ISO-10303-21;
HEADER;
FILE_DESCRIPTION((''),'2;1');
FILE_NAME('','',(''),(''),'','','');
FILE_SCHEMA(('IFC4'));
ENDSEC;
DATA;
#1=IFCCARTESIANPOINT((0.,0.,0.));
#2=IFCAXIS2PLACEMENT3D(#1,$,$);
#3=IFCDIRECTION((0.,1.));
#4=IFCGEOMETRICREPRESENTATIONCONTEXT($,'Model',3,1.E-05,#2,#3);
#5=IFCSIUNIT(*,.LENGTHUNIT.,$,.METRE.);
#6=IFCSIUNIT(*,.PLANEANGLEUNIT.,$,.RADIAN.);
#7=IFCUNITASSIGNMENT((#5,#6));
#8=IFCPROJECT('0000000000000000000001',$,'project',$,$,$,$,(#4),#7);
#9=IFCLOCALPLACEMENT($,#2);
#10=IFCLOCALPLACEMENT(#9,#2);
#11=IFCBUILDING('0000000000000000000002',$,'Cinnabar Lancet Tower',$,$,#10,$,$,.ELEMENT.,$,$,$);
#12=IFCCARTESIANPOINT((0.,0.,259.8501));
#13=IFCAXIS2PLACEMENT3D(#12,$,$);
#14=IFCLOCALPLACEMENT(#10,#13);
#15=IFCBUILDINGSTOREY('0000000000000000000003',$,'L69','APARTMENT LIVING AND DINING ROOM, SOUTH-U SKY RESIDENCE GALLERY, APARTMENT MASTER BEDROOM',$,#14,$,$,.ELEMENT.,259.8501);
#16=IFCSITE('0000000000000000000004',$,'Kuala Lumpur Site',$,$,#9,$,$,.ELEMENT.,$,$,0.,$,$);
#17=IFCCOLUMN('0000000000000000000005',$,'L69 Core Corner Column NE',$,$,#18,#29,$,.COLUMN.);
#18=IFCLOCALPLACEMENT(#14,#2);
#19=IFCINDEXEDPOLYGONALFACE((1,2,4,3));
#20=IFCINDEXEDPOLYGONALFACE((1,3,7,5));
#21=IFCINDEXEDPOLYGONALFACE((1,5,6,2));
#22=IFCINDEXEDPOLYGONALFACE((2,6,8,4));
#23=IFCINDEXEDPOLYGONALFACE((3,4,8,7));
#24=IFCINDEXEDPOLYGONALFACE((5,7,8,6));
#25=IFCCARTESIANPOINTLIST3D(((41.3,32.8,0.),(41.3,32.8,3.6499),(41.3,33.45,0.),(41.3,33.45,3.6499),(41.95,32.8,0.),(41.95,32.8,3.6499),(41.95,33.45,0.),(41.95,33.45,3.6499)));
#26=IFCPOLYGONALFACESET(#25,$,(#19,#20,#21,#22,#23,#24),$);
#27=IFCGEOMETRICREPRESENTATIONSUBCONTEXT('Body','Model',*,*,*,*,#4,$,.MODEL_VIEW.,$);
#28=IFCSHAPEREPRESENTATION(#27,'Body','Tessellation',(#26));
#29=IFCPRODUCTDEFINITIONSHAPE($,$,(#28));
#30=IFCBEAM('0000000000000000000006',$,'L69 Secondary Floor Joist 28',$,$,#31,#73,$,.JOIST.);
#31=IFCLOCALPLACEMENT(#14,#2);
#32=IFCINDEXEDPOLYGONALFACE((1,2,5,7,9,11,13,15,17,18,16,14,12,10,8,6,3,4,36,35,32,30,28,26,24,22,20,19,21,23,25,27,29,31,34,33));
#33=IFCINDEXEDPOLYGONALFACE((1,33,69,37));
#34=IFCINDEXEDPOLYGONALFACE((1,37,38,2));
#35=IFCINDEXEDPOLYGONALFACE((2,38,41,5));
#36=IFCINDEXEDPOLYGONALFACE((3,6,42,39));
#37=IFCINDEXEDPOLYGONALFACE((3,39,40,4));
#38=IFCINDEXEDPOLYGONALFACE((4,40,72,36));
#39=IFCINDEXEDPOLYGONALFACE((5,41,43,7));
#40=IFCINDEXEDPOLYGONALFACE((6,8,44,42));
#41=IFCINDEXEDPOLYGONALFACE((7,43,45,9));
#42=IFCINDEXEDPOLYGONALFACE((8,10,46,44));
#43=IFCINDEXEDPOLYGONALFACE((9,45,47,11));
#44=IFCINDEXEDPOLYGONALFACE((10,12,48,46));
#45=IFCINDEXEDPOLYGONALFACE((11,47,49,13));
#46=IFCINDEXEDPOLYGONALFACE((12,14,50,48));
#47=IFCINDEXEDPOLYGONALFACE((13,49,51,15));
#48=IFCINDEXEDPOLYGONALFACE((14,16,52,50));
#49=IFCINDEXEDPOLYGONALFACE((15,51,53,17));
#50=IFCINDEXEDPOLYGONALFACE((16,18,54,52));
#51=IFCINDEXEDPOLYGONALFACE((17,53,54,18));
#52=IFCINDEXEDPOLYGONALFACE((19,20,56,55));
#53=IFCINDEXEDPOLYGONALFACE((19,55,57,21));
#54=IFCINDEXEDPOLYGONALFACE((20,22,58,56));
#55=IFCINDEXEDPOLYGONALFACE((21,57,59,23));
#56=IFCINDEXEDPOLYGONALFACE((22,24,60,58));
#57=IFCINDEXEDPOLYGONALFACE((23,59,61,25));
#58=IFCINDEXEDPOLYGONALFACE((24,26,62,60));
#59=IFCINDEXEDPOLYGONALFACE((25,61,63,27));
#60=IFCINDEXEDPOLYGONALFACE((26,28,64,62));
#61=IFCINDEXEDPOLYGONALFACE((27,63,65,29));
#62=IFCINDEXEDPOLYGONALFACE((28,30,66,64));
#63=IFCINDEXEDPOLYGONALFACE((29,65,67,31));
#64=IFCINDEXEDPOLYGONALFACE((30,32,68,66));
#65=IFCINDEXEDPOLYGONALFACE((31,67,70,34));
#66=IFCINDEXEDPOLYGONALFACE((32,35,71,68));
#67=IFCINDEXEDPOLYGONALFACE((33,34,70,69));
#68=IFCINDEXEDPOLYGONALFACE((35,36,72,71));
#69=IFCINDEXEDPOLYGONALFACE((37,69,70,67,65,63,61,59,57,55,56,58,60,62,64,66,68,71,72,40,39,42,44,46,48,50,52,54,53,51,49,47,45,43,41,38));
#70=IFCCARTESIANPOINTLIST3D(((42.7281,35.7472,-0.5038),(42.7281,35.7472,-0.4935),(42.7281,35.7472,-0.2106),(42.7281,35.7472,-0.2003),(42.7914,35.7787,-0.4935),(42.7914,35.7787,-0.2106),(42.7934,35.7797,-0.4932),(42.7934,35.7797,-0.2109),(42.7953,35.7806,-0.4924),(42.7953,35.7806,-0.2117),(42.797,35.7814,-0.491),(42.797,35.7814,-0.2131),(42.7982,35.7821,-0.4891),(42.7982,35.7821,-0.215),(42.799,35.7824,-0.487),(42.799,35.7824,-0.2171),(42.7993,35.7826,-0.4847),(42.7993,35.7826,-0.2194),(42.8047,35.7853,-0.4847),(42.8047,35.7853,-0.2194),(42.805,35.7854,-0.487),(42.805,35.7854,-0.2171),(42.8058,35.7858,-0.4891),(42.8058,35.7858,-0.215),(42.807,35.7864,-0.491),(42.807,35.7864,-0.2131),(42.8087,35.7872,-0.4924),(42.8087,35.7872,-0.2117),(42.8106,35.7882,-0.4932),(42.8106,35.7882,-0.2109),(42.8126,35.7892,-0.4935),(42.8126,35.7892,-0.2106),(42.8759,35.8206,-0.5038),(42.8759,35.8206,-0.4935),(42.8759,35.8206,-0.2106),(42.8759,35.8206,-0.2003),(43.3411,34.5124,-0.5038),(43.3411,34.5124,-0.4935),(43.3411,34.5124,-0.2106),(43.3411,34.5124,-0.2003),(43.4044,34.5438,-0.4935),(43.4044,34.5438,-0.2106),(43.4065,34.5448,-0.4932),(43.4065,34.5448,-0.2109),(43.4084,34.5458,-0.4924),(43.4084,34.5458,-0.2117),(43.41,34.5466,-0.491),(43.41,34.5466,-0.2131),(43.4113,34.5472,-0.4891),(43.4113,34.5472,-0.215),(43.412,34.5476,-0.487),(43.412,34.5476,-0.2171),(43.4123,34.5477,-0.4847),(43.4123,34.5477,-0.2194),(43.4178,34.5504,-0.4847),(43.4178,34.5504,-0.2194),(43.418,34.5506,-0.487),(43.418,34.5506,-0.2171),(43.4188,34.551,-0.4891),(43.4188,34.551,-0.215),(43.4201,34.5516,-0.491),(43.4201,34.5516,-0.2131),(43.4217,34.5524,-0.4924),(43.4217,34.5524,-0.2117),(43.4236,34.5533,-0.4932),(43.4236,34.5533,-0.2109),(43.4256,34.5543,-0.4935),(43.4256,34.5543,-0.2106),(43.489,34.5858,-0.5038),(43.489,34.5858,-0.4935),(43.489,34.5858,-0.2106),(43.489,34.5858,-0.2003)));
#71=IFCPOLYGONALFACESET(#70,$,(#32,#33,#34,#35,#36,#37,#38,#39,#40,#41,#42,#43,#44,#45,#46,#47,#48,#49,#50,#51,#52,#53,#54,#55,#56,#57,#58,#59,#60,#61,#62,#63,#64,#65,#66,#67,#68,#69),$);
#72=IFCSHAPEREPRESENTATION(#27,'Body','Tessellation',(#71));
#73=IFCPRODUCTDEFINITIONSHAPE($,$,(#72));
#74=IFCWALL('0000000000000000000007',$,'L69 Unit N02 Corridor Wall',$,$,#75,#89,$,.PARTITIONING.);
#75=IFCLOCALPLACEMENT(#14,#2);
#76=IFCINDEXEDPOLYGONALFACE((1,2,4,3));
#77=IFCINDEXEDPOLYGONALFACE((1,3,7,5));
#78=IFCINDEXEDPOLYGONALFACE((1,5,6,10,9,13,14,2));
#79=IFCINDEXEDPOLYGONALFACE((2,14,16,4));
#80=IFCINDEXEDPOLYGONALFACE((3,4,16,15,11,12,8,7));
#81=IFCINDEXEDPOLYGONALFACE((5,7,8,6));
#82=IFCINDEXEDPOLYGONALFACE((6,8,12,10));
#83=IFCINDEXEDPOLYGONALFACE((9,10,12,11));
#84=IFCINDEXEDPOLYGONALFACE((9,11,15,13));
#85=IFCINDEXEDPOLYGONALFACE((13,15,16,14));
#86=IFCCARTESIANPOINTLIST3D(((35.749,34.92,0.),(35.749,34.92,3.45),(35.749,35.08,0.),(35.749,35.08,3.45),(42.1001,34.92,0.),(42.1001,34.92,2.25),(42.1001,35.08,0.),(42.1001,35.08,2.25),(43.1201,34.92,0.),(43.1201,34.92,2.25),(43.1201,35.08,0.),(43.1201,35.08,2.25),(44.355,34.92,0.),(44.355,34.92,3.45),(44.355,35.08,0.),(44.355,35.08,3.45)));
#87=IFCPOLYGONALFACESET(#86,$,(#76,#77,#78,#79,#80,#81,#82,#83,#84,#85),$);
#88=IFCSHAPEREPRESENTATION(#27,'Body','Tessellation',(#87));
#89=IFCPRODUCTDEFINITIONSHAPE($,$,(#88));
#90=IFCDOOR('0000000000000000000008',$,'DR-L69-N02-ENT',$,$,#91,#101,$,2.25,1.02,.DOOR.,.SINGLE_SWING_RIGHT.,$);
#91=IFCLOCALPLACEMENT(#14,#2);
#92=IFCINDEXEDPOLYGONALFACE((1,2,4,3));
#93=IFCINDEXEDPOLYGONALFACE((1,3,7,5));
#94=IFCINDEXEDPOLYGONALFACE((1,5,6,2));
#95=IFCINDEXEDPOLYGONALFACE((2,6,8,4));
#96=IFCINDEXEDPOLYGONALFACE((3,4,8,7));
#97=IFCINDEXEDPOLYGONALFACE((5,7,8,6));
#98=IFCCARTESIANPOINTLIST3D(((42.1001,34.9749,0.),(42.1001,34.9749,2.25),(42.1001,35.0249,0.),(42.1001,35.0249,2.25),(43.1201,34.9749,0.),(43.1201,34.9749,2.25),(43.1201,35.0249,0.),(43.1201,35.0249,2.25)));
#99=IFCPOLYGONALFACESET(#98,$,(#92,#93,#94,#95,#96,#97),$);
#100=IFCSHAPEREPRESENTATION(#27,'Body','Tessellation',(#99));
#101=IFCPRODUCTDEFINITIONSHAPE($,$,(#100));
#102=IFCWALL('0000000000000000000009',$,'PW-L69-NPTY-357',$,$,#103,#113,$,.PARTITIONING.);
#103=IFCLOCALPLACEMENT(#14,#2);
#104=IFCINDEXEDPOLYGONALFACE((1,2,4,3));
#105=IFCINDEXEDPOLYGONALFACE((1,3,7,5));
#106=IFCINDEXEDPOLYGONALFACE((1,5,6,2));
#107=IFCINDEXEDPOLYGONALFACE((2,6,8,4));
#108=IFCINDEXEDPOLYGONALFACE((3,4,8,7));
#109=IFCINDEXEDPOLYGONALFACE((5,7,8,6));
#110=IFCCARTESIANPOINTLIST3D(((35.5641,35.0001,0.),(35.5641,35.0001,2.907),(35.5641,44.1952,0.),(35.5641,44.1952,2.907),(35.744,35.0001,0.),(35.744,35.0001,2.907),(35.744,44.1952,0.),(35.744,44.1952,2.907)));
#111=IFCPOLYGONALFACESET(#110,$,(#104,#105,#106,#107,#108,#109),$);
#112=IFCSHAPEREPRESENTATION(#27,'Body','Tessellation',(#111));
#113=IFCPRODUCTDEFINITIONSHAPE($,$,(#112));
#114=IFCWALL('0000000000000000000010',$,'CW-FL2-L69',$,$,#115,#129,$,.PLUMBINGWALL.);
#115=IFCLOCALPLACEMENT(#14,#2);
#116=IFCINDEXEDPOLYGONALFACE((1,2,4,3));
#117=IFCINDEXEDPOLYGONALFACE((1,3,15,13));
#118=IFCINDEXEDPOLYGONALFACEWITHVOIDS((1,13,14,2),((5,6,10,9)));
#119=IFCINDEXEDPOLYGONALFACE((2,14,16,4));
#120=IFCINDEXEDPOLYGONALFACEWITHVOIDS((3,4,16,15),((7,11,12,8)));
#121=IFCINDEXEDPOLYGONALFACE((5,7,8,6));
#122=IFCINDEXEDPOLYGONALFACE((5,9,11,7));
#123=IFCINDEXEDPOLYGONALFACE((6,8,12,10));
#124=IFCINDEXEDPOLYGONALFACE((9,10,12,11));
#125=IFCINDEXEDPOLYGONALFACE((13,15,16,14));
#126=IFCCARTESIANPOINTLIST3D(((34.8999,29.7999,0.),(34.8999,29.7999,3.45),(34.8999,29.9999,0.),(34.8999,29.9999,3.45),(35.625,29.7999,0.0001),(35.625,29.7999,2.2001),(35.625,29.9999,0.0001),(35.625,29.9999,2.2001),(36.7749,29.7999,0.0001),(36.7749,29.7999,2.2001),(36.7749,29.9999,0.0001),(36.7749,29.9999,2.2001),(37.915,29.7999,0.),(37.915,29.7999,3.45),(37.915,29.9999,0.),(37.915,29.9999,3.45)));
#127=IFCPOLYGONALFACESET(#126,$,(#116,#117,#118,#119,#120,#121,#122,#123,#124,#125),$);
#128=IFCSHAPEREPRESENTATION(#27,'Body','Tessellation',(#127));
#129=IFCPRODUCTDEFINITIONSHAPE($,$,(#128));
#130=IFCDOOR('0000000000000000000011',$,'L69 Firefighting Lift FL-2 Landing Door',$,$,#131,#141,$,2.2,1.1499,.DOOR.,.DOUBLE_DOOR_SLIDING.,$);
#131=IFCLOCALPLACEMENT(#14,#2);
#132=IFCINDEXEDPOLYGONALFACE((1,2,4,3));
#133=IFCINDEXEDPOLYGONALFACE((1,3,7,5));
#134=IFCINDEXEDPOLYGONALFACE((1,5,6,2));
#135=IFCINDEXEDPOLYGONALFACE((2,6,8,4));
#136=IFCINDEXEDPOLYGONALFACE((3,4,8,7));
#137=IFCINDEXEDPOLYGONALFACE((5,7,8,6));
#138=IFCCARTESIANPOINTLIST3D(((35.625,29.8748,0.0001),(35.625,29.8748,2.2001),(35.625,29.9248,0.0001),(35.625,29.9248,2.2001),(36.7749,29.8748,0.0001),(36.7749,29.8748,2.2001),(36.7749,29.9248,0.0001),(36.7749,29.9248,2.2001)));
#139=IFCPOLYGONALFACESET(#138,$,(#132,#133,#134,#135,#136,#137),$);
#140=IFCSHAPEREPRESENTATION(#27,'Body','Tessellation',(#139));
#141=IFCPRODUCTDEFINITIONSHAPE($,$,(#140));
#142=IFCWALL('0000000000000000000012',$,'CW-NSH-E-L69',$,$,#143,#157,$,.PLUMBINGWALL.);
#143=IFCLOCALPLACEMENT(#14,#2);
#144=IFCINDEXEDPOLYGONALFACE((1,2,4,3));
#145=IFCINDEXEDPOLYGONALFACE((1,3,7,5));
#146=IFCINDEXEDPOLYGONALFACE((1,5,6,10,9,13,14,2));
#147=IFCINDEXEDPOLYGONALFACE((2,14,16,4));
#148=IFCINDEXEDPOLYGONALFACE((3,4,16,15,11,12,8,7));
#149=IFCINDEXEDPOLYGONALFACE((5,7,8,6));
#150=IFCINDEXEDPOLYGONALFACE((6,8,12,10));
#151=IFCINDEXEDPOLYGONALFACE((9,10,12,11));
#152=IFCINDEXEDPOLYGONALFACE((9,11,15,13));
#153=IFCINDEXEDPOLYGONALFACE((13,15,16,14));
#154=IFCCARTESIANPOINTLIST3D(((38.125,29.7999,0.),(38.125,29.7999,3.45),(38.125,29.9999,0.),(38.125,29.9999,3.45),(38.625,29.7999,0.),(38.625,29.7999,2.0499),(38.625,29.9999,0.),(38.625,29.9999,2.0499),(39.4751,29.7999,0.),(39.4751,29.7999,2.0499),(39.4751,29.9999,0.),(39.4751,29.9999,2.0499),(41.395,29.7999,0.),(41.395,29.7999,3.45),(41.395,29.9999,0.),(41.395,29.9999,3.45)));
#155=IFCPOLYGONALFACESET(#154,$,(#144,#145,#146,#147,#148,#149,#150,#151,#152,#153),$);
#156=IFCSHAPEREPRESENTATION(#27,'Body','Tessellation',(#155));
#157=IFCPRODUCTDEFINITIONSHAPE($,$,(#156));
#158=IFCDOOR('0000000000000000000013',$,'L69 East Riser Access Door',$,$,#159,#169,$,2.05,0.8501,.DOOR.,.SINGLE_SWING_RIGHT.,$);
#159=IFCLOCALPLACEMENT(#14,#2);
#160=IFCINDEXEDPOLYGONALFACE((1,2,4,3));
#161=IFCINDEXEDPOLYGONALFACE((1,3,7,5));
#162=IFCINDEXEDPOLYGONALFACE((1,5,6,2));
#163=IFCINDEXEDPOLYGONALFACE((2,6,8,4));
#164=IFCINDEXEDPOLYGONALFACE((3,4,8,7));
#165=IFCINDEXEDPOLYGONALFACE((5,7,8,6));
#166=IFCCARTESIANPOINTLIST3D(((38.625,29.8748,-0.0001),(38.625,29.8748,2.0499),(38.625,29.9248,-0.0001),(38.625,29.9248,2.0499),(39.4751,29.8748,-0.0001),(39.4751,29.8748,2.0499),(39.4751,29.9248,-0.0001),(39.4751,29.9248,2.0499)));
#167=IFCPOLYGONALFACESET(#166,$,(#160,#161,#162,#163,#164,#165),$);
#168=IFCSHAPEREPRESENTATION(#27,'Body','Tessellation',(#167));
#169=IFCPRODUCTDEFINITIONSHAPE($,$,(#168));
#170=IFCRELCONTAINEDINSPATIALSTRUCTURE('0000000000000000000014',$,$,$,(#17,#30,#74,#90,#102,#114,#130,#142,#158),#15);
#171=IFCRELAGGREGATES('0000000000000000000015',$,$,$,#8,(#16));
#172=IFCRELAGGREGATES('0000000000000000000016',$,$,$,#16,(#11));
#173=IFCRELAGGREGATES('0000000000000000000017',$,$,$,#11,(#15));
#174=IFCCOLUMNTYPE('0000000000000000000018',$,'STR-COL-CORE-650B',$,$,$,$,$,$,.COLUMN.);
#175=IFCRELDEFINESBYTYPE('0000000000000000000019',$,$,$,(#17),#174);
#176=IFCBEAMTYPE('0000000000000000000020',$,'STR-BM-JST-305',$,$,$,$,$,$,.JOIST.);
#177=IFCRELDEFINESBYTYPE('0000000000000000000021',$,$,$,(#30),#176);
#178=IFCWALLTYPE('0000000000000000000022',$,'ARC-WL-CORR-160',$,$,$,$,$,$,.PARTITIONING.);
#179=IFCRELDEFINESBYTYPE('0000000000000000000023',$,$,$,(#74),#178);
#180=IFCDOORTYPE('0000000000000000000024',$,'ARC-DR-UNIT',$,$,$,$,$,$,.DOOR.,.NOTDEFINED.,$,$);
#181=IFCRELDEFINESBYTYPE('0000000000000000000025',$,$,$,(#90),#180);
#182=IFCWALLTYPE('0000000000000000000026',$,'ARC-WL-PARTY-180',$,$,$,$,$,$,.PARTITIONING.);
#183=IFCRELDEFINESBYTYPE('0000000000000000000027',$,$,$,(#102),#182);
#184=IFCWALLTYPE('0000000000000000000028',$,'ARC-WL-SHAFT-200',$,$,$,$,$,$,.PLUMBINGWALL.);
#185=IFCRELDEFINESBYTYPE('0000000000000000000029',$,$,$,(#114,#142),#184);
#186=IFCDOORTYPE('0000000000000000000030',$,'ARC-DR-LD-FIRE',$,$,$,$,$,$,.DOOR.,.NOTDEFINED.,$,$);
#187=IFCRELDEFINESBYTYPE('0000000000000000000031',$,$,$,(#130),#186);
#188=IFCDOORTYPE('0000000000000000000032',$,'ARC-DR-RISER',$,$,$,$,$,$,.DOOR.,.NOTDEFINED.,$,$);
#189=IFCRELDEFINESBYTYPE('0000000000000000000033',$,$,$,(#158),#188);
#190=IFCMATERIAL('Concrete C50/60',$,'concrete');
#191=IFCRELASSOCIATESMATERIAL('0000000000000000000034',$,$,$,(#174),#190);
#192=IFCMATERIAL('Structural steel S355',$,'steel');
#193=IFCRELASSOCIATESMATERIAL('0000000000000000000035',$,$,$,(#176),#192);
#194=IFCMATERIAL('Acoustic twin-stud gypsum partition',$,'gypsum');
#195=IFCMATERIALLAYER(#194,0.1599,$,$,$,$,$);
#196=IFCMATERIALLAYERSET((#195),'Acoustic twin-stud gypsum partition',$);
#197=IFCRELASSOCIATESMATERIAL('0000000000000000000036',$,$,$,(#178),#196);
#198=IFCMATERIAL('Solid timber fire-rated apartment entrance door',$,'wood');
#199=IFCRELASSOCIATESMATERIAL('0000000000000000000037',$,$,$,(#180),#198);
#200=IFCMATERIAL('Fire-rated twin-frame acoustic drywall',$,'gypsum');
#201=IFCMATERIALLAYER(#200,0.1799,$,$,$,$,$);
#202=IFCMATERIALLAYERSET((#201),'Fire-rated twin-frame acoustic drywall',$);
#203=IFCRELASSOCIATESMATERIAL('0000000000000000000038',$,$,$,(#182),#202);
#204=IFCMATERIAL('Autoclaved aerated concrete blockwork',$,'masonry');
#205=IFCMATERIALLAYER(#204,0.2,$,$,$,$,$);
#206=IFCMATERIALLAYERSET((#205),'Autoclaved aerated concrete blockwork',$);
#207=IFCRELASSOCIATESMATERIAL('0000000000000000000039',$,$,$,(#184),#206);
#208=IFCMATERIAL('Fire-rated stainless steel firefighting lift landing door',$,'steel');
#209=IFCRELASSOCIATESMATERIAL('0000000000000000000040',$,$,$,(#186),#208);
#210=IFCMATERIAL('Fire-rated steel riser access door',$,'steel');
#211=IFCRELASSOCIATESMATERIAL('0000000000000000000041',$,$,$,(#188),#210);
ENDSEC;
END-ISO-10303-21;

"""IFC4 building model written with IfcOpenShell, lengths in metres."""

from ifc_helpers import new_model, si_unit, direction, frame, frame_2d, origin, origin_2d, place, context, subcontext, project, spatial, rectangle, i_section, extrude, material, layer, layer_set, material_profile, profile_set, type_object, element, fill, save


model = new_model("IFC4")

# Units and contexts
model_context = context("Model", 3, precision=1e-05, world=origin(), true_north=direction((0.0, 1.0)))
body_context = subcontext(model_context, "Body", "Model", "MODEL_VIEW")
ifc_project = project(units=[si_unit("LENGTHUNIT", "METRE"), si_unit("PLANEANGLEUNIT", "RADIAN")], contexts=[model_context])

# Site, building, storey
site_placement = place(None, origin())
site = spatial("IfcSite", under=ifc_project, at=site_placement, Name="Kuala Lumpur Site", CompositionType="ELEMENT", RefElevation=0.0)
building_placement = place(site_placement, origin())
building = spatial("IfcBuilding", under=site, at=building_placement, Name="Cinnabar Lancet Tower", CompositionType="ELEMENT")
storey_placement = place(building_placement, frame((0.0, 0.0, 259.8501)))
storey = spatial("IfcBuildingStorey", under=building, at=storey_placement, Name="L69", Description="APARTMENT LIVING AND DINING ROOM, SOUTH-U SKY RESIDENCE GALLERY, APARTMENT MASTER BEDROOM", CompositionType="ELEMENT", Elevation=259.8501)

# Column
ifc_material_1 = material(Name="Concrete C50/60", Category="concrete")
ifc_material_profile_1 = material_profile(ifc_material_1, rectangle(XDim=0.6499, YDim=0.6499, at=origin_2d()), Name="RC-COL 650x650")
ifc_profile_set_1 = profile_set([ifc_material_profile_1], Name="Concrete C50/60")
column_type = type_object("IfcColumnType", Name="STR-COL-CORE-650B", PredefinedType="COLUMN", material=ifc_profile_set_1)
column_placement = place(storey_placement, frame((41.625, 33.125, 0.0), z_axis=(0.0, 0.0, 1.0), x_axis=(1.0, 0.0, 0.0)))
element("IfcColumn", 1, at=column_placement, inside=storey, type_object=column_type, Name="L69 Core Corner Column NE", PredefinedType="COLUMN", context=body_context, shape_type="SweptSolid", body=[
    extrude(rectangle(XDim=0.6499, YDim=0.6499, at=origin_2d()), origin(), (0.0, 0.0, 1.0), 3.6499),
])

# Beam
ifc_material_2 = material(Name="Structural steel S355", Category="steel")
ifc_material_profile_2 = material_profile(ifc_material_2, i_section(OverallWidth=0.165, OverallDepth=0.3035, WebThickness=0.0061, FlangeThickness=0.0103, FilletRadius=0.0088, at=origin_2d()), Name="UKB 305x165x40")
ifc_profile_set_2 = profile_set([ifc_material_profile_2], Name="Structural steel S355")
beam_type = type_object("IfcBeamType", Name="STR-BM-JST-305", PredefinedType="JOIST", material=ifc_profile_set_2)
beam_placement = place(storey_placement, frame((43.415, 34.5491, -0.3521), z_axis=(-0.444662, 0.895699, 0.0), x_axis=(-0.895699, -0.444662, 0.0)))
element("IfcBeam", 2, at=beam_placement, inside=storey, type_object=beam_type, Name="L69 Secondary Floor Joist 28", PredefinedType="JOIST", context=body_context, shape_type="SweptSolid", body=[
    extrude(i_section(OverallWidth=0.165, OverallDepth=0.3035, WebThickness=0.0061, FlangeThickness=0.0103, FilletRadius=0.0088, at=origin_2d()), origin(), (0.0, 0.0, 1.0), 1.3787),
])

# Wall, opening, door
ifc_material_3 = material(Name="Acoustic twin-stud gypsum partition", Category="gypsum")
ifc_layer_1 = layer(ifc_material_3, 0.1599)
ifc_layer_set_1 = layer_set([ifc_layer_1], Name="Acoustic twin-stud gypsum partition")
wall_type_1 = type_object("IfcWallType", Name="ARC-WL-CORR-160", PredefinedType="PARTITIONING", material=ifc_layer_set_1)
wall_1_placement = place(storey_placement, frame((35.749, 35.0, 0.0), z_axis=(0.0, 0.0, 1.0), x_axis=(1.0, 0.0, 0.0)))
wall_1 = element("IfcWall", 3, at=wall_1_placement, inside=storey, type_object=wall_type_1, Name="L69 Unit N02 Corridor Wall", PredefinedType="PARTITIONING", context=body_context, shape_type="SweptSolid", body=[
    extrude(rectangle(XDim=8.606, YDim=0.1599, at=frame_2d((4.303, 0.0))), origin(), (0.0, 0.0, 1.0), 3.45),
])
opening_1_placement = place(wall_1_placement, frame((6.3511, 0.0, 0.0)))
opening_1 = element("IfcOpeningElement", 4, at=opening_1_placement, cuts=wall_1, PredefinedType="OPENING", context=body_context, shape_type="SweptSolid", body=[
    extrude(rectangle(XDim=1.02, YDim=2.25, at=frame_2d((0.51, 1.125))), frame((0.0, 0.0898, 0.0), z_axis=(0.0, -1.0, 0.0), x_axis=(1.0, 0.0, 0.0)), (0.0, 0.0, 1.0), 0.1799),
])
ifc_material_4 = material(Name="Solid timber fire-rated apartment entrance door", Category="wood")
door_type_1 = type_object("IfcDoorType", Name="ARC-DR-UNIT", OperationType="NOTDEFINED", PredefinedType="DOOR", material=ifc_material_4)
door_1_placement = place(opening_1_placement, origin())
door_1 = element("IfcDoor", 5, at=door_1_placement, inside=storey, type_object=door_type_1, Name="DR-L69-N02-ENT", OperationType="SINGLE_SWING_RIGHT", OverallHeight=2.25, OverallWidth=1.02, PredefinedType="DOOR", context=body_context, shape_type="SweptSolid", body=[
    extrude(rectangle(XDim=1.02, YDim=2.25, at=frame_2d((0.51, 1.125))), frame((0.0, 0.0249, 0.0), z_axis=(0.0, -1.0, 0.0), x_axis=(1.0, 0.0, 0.0)), (0.0, 0.0, 1.0), 0.05),
])
fill(opening_1, door_1)

# Wall
ifc_material_5 = material(Name="Fire-rated twin-frame acoustic drywall", Category="gypsum")
ifc_layer_2 = layer(ifc_material_5, 0.1799)
ifc_layer_set_2 = layer_set([ifc_layer_2], Name="Fire-rated twin-frame acoustic drywall")
wall_type_2 = type_object("IfcWallType", Name="ARC-WL-PARTY-180", PredefinedType="PARTITIONING", material=ifc_layer_set_2)
wall_2_placement = place(storey_placement, frame((35.6541, 35.0, 0.0), z_axis=(0.0, 0.0, 1.0), x_axis=(0.0, 1.0, 0.0)))
element("IfcWall", 6, at=wall_2_placement, inside=storey, type_object=wall_type_2, Name="PW-L69-NPTY-357", PredefinedType="PARTITIONING", context=body_context, shape_type="SweptSolid", body=[
    extrude(rectangle(XDim=9.1951, YDim=0.1799, at=frame_2d((4.5977, 0.0))), origin(), (0.0, 0.0, 1.0), 2.907),
])

# Walls, openings, doors
ifc_material_6 = material(Name="Autoclaved aerated concrete blockwork", Category="masonry")
ifc_layer_3 = layer(ifc_material_6, 0.2)
ifc_layer_set_3 = layer_set([ifc_layer_3], Name="Autoclaved aerated concrete blockwork")
wall_type_3 = type_object("IfcWallType", Name="ARC-WL-SHAFT-200", PredefinedType="PLUMBINGWALL", material=ifc_layer_set_3)
wall_3_placement = place(storey_placement, frame((34.8999, 29.8999, 0.0), z_axis=(0.0, 0.0, 1.0), x_axis=(1.0, 0.0, 0.0)))
wall_3 = element("IfcWall", 7, at=wall_3_placement, inside=storey, type_object=wall_type_3, Name="CW-FL2-L69", PredefinedType="PLUMBINGWALL", context=body_context, shape_type="SweptSolid", body=[
    extrude(rectangle(XDim=3.0151, YDim=0.2, at=frame_2d((1.5076, 0.0))), origin(), (0.0, 0.0, 1.0), 3.45),
])
opening_2_placement = place(wall_3_placement, frame((0.7251, 0.0, 0.0)))
opening_2 = element("IfcOpeningElement", 8, at=opening_2_placement, cuts=wall_3, PredefinedType="OPENING", context=body_context, shape_type="SweptSolid", body=[
    extrude(rectangle(XDim=1.1499, YDim=2.2, at=frame_2d((0.575, 1.1001))), frame((0.0, 0.1099, 0.0), z_axis=(0.0, -1.0, 0.0), x_axis=(1.0, 0.0, 0.0)), (0.0, 0.0, 1.0), 0.22),
])
ifc_material_7 = material(Name="Fire-rated stainless steel firefighting lift landing door", Category="steel")
door_type_2 = type_object("IfcDoorType", Name="ARC-DR-LD-FIRE", OperationType="NOTDEFINED", PredefinedType="DOOR", material=ifc_material_7)
door_2_placement = place(opening_2_placement, origin())
door_2 = element("IfcDoor", 9, at=door_2_placement, inside=storey, type_object=door_type_2, Name="L69 Firefighting Lift FL-2 Landing Door", OperationType="DOUBLE_DOOR_SLIDING", OverallHeight=2.2, OverallWidth=1.1499, PredefinedType="DOOR", context=body_context, shape_type="SweptSolid", body=[
    extrude(rectangle(XDim=1.1499, YDim=2.2, at=frame_2d((0.575, 1.1001))), frame((0.0, 0.0249, 0.0), z_axis=(0.0, -1.0, 0.0), x_axis=(1.0, 0.0, 0.0)), (0.0, 0.0, 1.0), 0.05),
])
fill(opening_2, door_2)
wall_4_placement = place(storey_placement, frame((38.125, 29.8999, 0.0), z_axis=(0.0, 0.0, 1.0), x_axis=(1.0, 0.0, 0.0)))
wall_4 = element("IfcWall", 10, at=wall_4_placement, inside=storey, type_object=wall_type_3, Name="CW-NSH-E-L69", PredefinedType="PLUMBINGWALL", context=body_context, shape_type="SweptSolid", body=[
    extrude(rectangle(XDim=3.27, YDim=0.2, at=frame_2d((1.635, 0.0))), origin(), (0.0, 0.0, 1.0), 3.45),
])
opening_3_placement = place(wall_4_placement, frame((0.5, 0.0, 0.0)))
opening_3 = element("IfcOpeningElement", 11, at=opening_3_placement, cuts=wall_4, PredefinedType="OPENING", context=body_context, shape_type="SweptSolid", body=[
    extrude(rectangle(XDim=0.8501, YDim=2.05, at=frame_2d((0.425, 1.0249))), frame((0.0, 0.1099, 0.0), z_axis=(0.0, -1.0, 0.0), x_axis=(1.0, 0.0, 0.0)), (0.0, 0.0, 1.0), 0.22),
])
ifc_material_8 = material(Name="Fire-rated steel riser access door", Category="steel")
door_type_3 = type_object("IfcDoorType", Name="ARC-DR-RISER", OperationType="NOTDEFINED", PredefinedType="DOOR", material=ifc_material_8)
door_3_placement = place(opening_3_placement, origin())
door_3 = element("IfcDoor", 12, at=door_3_placement, inside=storey, type_object=door_type_3, Name="L69 East Riser Access Door", OperationType="SINGLE_SWING_RIGHT", OverallHeight=2.05, OverallWidth=0.8501, PredefinedType="DOOR", context=body_context, shape_type="SweptSolid", body=[
    extrude(rectangle(XDim=0.8501, YDim=2.05, at=frame_2d((0.425, 1.0249))), frame((0.0, 0.0249, 0.0), z_axis=(0.0, -1.0, 0.0), x_axis=(1.0, 0.0, 0.0)), (0.0, 0.0, 1.0), 0.05),
])
fill(opening_3, door_3)

save(model, "model.ifc")
